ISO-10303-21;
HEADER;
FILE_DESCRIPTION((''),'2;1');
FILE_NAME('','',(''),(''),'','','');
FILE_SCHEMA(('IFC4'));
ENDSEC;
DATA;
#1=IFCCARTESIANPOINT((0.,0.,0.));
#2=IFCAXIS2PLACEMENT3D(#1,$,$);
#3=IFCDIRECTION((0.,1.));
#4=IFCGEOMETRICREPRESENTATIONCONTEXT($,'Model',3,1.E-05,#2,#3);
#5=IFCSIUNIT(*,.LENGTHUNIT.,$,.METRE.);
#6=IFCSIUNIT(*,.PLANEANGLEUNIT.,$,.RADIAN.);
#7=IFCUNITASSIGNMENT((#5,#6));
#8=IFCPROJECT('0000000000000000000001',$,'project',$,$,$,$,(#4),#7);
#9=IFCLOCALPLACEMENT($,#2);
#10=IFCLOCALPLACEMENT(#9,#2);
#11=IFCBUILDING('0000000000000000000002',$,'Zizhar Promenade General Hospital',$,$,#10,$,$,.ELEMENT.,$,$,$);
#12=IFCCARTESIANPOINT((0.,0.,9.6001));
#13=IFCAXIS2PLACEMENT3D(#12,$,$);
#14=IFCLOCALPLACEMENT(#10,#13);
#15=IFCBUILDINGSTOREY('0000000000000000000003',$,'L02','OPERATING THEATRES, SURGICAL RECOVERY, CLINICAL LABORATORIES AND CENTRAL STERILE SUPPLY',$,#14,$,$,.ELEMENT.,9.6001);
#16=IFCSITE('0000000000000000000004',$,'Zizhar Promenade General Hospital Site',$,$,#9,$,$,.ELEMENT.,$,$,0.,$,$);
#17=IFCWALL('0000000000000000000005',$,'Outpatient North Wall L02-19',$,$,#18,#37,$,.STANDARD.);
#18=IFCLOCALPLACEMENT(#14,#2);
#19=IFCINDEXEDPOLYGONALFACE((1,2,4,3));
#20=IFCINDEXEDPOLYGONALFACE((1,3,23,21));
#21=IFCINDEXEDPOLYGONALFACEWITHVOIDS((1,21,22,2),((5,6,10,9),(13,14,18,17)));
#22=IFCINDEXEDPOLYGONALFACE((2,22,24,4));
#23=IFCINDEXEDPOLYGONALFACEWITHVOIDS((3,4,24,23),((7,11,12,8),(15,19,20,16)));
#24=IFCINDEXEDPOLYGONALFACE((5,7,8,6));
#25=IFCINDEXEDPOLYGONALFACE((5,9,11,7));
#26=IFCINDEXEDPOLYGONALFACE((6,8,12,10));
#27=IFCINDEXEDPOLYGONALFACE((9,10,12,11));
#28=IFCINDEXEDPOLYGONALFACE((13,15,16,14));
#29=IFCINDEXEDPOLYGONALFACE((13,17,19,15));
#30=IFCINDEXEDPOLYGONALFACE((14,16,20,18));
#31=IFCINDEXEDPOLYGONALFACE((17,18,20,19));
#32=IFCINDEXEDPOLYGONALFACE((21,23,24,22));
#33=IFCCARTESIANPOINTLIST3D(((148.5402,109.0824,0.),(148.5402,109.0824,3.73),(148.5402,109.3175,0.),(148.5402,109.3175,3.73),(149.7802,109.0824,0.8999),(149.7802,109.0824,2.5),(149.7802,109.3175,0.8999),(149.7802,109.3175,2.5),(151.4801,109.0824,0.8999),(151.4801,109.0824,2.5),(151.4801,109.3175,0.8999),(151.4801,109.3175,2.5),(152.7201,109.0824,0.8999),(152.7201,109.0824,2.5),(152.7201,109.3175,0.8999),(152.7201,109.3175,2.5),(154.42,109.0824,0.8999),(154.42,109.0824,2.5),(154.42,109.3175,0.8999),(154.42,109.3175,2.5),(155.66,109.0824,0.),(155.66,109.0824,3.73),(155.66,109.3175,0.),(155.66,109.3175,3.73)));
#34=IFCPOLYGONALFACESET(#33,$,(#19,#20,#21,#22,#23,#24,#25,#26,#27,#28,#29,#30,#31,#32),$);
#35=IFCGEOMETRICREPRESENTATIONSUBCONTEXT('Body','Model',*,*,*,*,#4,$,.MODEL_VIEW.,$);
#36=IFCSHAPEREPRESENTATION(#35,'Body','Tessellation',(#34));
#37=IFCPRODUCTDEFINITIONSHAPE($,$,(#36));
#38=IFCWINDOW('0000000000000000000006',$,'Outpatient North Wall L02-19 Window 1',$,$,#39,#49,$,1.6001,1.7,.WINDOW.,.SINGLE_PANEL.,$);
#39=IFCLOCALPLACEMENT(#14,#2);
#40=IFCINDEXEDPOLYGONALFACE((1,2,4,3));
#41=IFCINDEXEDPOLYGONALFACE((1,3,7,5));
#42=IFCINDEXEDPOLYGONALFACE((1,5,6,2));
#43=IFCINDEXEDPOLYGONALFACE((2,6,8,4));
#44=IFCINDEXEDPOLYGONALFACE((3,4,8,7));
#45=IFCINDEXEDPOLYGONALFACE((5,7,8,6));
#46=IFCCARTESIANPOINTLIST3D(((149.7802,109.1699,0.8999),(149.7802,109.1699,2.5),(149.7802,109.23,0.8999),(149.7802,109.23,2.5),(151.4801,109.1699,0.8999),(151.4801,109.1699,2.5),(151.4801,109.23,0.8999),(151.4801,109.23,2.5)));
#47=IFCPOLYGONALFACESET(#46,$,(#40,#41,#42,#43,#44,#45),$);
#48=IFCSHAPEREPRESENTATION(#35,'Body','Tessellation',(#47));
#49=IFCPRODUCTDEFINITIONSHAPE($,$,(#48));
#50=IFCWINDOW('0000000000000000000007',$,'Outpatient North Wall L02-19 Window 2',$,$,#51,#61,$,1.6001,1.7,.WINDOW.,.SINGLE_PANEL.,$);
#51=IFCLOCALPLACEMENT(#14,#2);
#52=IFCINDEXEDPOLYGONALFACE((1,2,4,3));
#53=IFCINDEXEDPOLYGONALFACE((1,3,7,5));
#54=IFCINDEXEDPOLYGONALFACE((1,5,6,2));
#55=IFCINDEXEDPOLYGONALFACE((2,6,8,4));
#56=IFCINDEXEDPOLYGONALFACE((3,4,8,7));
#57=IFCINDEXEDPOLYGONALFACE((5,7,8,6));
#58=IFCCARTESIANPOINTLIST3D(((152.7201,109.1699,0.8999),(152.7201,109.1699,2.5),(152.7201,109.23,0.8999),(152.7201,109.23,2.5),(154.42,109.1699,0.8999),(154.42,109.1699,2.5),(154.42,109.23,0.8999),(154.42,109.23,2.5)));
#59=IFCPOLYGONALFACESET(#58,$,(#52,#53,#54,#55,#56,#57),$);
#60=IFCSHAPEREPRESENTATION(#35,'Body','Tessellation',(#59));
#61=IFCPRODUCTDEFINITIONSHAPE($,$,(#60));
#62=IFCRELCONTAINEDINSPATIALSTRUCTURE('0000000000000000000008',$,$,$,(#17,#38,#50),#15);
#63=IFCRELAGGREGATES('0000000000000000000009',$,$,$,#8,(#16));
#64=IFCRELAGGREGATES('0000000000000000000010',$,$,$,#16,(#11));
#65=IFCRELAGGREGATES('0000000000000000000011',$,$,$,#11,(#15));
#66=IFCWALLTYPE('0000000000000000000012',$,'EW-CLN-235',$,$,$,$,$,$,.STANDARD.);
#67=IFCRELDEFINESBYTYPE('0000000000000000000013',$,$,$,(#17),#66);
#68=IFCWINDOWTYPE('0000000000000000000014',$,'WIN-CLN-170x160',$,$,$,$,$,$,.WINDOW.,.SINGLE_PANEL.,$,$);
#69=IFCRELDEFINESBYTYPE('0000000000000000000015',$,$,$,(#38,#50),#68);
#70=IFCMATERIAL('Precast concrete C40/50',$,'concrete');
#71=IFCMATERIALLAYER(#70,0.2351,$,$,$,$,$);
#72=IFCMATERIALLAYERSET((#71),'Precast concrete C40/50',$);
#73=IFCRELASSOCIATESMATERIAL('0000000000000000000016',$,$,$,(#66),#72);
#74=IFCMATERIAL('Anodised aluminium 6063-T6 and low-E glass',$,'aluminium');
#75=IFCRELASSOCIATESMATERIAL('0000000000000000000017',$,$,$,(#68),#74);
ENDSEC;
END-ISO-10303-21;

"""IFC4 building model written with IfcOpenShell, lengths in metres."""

from ifc_helpers import new_model, si_unit, direction, frame, frame_2d, origin, place, context, subcontext, project, spatial, rectangle, extrude, material, layer, layer_set, type_object, element, fill, save


model = new_model("IFC4")

# Units and contexts
model_context = context("Model", 3, precision=1e-05, world=origin(), true_north=direction((0.0, 1.0)))
body_context = subcontext(model_context, "Body", "Model", "MODEL_VIEW")
ifc_project = project(units=[si_unit("LENGTHUNIT", "METRE"), si_unit("PLANEANGLEUNIT", "RADIAN")], contexts=[model_context])

# Site, building, storey
site_placement = place(None, origin())
site = spatial("IfcSite", under=ifc_project, at=site_placement, Name="Zizhar Promenade General Hospital Site", CompositionType="ELEMENT", RefElevation=0.0)
building_placement = place(site_placement, origin())
building = spatial("IfcBuilding", under=site, at=building_placement, Name="Zizhar Promenade General Hospital", CompositionType="ELEMENT")
storey_placement = place(building_placement, frame((0.0, 0.0, 9.6001)))
storey = spatial("IfcBuildingStorey", under=building, at=storey_placement, Name="L02", Description="OPERATING THEATRES, SURGICAL RECOVERY, CLINICAL LABORATORIES AND CENTRAL STERILE SUPPLY", CompositionType="ELEMENT", Elevation=9.6001)

# Wall, openings, windows
ifc_material_1 = material(Name="Precast concrete C40/50", Category="concrete")
ifc_layer_1 = layer(ifc_material_1, 0.2351)
ifc_layer_set_1 = layer_set([ifc_layer_1], Name="Precast concrete C40/50")
wall_type = type_object("IfcWallType", Name="EW-CLN-235", PredefinedType="STANDARD", material=ifc_layer_set_1)
wall_placement = place(storey_placement, frame((148.54, 109.2, 0.0), z_axis=(0.0, 0.0, 1.0), x_axis=(1.0, 0.0, 0.0)))
wall = element("IfcWall", 1, at=wall_placement, inside=storey, type_object=wall_type, Name="Outpatient North Wall L02-19", PredefinedType="STANDARD", context=body_context, shape_type="SweptSolid", body=[
    extrude(rectangle(XDim=7.1199, YDim=0.2351, at=frame_2d((3.5601, 0.0))), origin(), (0.0, 0.0, 1.0), 3.73),
])
opening_1_placement = place(wall_placement, frame((1.24, 0.0, 0.8999)))
opening_1 = element("IfcOpeningElement", 2, at=opening_1_placement, cuts=wall, PredefinedType="OPENING", context=body_context, shape_type="SweptSolid", body=[
    extrude(rectangle(XDim=1.7, YDim=1.6001, at=frame_2d((0.8501, 0.8))), frame((0.0, 0.1274, 0.0), z_axis=(0.0, -1.0, 0.0), x_axis=(1.0, 0.0, 0.0)), (0.0, 0.0, 1.0), 0.2551),
])
opening_2_placement = place(wall_placement, frame((4.1799, 0.0, 0.8999)))
opening_2 = element("IfcOpeningElement", 3, at=opening_2_placement, cuts=wall, PredefinedType="OPENING", context=body_context, shape_type="SweptSolid", body=[
    extrude(rectangle(XDim=1.7, YDim=1.6001, at=frame_2d((0.8501, 0.8))), frame((0.0, 0.1274, 0.0), z_axis=(0.0, -1.0, 0.0), x_axis=(1.0, 0.0, 0.0)), (0.0, 0.0, 1.0), 0.2551),
])
ifc_material_2 = material(Name="Anodised aluminium 6063-T6 and low-E glass", Category="aluminium")
window_type = type_object("IfcWindowType", Name="WIN-CLN-170x160", PartitioningType="SINGLE_PANEL", PredefinedType="WINDOW", material=ifc_material_2)
window_1_placement = place(opening_1_placement, origin())
window_1 = element("IfcWindow", 4, at=window_1_placement, inside=storey, type_object=window_type, Name="Outpatient North Wall L02-19 Window 1", OverallHeight=1.6001, OverallWidth=1.7, PartitioningType="SINGLE_PANEL", PredefinedType="WINDOW", context=body_context, shape_type="SweptSolid", body=[
    extrude(rectangle(XDim=1.7, YDim=1.6001, at=frame_2d((0.8501, 0.8))), frame((0.0, 0.03, 0.0), z_axis=(0.0, -1.0, 0.0), x_axis=(1.0, 0.0, 0.0)), (0.0, 0.0, 1.0), 0.0601),
])
fill(opening_1, window_1)
window_2_placement = place(opening_2_placement, origin())
window_2 = element("IfcWindow", 5, at=window_2_placement, inside=storey, type_object=window_type, Name="Outpatient North Wall L02-19 Window 2", OverallHeight=1.6001, OverallWidth=1.7, PartitioningType="SINGLE_PANEL", PredefinedType="WINDOW", context=body_context, shape_type="SweptSolid", body=[
    extrude(rectangle(XDim=1.7, YDim=1.6001, at=frame_2d((0.8501, 0.8))), frame((0.0, 0.03, 0.0), z_axis=(0.0, -1.0, 0.0), x_axis=(1.0, 0.0, 0.0)), (0.0, 0.0, 1.0), 0.0601),
])
fill(opening_2, window_2)

save(model, "model.ifc")
